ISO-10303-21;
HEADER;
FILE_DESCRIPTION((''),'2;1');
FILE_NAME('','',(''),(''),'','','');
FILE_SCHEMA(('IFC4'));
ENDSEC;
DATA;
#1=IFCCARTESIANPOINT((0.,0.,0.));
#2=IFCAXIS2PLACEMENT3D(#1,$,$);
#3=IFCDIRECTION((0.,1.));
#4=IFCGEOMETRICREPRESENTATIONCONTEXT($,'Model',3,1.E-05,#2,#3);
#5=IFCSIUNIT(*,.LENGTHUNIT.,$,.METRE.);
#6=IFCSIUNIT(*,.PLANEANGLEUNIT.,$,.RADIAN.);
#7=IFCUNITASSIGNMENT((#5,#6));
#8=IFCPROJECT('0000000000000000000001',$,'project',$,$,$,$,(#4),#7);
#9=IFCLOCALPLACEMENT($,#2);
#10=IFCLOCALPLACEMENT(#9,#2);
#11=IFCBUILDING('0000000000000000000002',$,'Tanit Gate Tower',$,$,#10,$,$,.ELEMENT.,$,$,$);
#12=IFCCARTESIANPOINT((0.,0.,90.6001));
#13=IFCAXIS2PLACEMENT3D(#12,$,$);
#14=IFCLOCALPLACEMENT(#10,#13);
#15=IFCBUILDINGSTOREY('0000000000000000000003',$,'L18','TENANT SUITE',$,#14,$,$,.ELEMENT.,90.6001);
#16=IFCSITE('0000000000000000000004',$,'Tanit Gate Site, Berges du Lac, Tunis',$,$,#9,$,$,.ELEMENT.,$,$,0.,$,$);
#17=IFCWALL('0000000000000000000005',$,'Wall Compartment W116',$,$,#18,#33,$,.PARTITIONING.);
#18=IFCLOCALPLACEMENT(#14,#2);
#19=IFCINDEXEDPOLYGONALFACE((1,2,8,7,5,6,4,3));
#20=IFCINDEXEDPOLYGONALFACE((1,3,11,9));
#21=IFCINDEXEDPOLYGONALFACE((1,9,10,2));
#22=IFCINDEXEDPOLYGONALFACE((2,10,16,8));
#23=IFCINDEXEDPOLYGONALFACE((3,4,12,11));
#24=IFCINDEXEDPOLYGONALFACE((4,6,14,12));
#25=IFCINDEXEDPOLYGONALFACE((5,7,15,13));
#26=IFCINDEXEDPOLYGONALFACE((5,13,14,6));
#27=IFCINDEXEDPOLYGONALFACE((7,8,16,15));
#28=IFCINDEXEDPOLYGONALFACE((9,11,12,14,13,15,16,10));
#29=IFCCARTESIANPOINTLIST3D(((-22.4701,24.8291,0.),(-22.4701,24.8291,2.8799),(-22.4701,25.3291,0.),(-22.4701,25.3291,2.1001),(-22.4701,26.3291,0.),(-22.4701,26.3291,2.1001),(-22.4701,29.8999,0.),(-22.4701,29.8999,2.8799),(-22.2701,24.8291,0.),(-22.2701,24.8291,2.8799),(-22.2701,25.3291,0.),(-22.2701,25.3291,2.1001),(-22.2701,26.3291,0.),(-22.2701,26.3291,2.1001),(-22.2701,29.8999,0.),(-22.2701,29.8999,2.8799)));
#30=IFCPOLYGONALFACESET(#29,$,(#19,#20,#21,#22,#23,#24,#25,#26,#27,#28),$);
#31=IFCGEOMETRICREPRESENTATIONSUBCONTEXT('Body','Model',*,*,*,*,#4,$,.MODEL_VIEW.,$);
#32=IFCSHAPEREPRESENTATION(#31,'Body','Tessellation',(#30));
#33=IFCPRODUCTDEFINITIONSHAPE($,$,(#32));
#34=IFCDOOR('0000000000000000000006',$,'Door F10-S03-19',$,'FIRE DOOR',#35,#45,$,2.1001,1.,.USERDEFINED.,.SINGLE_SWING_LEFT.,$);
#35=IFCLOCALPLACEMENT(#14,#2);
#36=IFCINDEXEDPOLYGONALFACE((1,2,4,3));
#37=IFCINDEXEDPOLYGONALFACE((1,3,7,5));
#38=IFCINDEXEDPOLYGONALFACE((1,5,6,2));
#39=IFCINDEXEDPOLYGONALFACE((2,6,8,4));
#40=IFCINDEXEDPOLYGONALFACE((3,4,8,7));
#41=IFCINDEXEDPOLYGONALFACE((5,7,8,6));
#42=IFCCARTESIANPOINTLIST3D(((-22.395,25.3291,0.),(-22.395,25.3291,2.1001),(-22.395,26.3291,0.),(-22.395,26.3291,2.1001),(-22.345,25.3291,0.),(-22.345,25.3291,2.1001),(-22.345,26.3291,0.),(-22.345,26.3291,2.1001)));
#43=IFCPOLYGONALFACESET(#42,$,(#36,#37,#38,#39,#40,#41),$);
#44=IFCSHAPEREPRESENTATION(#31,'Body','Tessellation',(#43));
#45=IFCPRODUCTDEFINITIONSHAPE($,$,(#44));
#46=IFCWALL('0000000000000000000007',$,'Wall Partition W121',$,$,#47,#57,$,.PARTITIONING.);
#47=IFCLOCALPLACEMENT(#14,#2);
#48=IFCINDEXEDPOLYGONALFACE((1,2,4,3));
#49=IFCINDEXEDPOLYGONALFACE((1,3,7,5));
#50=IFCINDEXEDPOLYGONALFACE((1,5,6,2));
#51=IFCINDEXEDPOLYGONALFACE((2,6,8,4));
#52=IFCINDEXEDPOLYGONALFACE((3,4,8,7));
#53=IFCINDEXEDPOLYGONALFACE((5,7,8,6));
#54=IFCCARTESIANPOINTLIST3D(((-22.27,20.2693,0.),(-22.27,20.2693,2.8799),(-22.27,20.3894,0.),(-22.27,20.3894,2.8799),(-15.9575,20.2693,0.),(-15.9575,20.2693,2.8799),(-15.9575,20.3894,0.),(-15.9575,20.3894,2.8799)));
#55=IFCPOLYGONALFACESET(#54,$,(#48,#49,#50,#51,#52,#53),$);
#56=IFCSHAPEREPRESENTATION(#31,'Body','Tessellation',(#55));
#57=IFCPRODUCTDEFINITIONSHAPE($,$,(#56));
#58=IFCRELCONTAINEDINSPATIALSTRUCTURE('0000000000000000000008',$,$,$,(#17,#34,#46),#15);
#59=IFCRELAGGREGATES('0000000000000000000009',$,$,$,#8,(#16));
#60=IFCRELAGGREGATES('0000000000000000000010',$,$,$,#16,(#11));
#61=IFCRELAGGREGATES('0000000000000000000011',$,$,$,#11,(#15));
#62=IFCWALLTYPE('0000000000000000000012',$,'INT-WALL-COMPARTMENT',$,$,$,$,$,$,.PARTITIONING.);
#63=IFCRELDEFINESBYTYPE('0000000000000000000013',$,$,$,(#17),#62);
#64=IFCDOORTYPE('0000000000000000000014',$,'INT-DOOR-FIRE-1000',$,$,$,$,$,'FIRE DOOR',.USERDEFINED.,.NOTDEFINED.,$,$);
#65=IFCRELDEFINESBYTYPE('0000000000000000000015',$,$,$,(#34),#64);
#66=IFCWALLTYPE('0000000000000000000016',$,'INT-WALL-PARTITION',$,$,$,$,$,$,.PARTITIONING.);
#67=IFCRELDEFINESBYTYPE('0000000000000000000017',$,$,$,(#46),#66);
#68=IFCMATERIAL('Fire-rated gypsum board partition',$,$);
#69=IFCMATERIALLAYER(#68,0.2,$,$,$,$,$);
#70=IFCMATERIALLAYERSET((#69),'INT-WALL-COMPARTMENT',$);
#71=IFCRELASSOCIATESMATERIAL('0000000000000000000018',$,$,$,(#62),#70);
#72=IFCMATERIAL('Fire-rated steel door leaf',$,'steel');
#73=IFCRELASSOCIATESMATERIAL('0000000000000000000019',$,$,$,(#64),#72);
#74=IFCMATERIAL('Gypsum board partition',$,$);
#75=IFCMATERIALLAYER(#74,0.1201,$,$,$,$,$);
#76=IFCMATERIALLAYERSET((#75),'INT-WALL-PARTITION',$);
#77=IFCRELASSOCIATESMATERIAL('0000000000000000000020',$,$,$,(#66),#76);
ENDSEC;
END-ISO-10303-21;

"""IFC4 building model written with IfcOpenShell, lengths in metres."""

from ifc_helpers import new_model, si_unit, direction, frame, frame_2d, origin, place, context, subcontext, project, spatial, rectangle, extrude, material, layer, layer_set, type_object, element, fill, save


model = new_model("IFC4")

# Units and contexts
model_context = context("Model", 3, precision=1e-05, world=origin(), true_north=direction((0.0, 1.0)))
body_context = subcontext(model_context, "Body", "Model", "MODEL_VIEW")
ifc_project = project(units=[si_unit("LENGTHUNIT", "METRE"), si_unit("PLANEANGLEUNIT", "RADIAN")], contexts=[model_context])

# Site, building, storey
site_placement = place(None, origin())
site = spatial("IfcSite", under=ifc_project, at=site_placement, Name="Tanit Gate Site, Berges du Lac, Tunis", CompositionType="ELEMENT", RefElevation=0.0)
building_placement = place(site_placement, origin())
building = spatial("IfcBuilding", under=site, at=building_placement, Name="Tanit Gate Tower", CompositionType="ELEMENT")
storey_placement = place(building_placement, frame((0.0, 0.0, 90.6001)))
storey = spatial("IfcBuildingStorey", under=building, at=storey_placement, Name="L18", Description="TENANT SUITE", CompositionType="ELEMENT", Elevation=90.6001)

# Shared definitions
ifc_material_1 = material(Name="Fire-rated gypsum board partition")
ifc_layer_1 = layer(ifc_material_1, 0.2)
ifc_layer_set_1 = layer_set([ifc_layer_1], Name="INT-WALL-COMPARTMENT")
wall_type_1 = type_object("IfcWallType", Name="INT-WALL-COMPARTMENT", PredefinedType="PARTITIONING", material=ifc_layer_set_1)

# Wall, opening, door
wall_1_placement = place(storey_placement, frame((-22.3701, 24.8291, 0.0), z_axis=(0.0, 0.0, 1.0), x_axis=(0.0, 1.0, 0.0)))
wall_1 = element("IfcWall", 1, at=wall_1_placement, inside=storey, type_object=wall_type_1, Name="Wall Compartment W116", PredefinedType="PARTITIONING", context=body_context, shape_type="SweptSolid", body=[
    extrude(rectangle(XDim=5.0708, YDim=0.2, at=frame_2d((2.5354, 0.0))), origin(), (0.0, 0.0, 1.0), 2.8799),
])
opening_placement = place(wall_1_placement, frame((0.5, 0.0, 0.0)))
opening = element("IfcOpeningElement", 2, at=opening_placement, cuts=wall_1, PredefinedType="OPENING", context=body_context, shape_type="SweptSolid", body=[
    extrude(rectangle(XDim=1.0, YDim=2.1001, at=frame_2d((0.5, 1.05))), frame((0.0, 0.1099, 0.0), z_axis=(0.0, -1.0, 0.0), x_axis=(1.0, 0.0, 0.0)), (0.0, 0.0, 1.0), 0.22),
])
ifc_material_2 = material(Name="Fire-rated steel door leaf", Category="steel")
door_type = type_object("IfcDoorType", Name="INT-DOOR-FIRE-1000", ElementType="FIRE DOOR", OperationType="NOTDEFINED", PredefinedType="USERDEFINED", material=ifc_material_2)
door_placement = place(opening_placement, origin())
door = element("IfcDoor", 3, at=door_placement, inside=storey, type_object=door_type, Name="Door F10-S03-19", ObjectType="FIRE DOOR", OperationType="SINGLE_SWING_LEFT", OverallHeight=2.1001, OverallWidth=1.0, PredefinedType="USERDEFINED", context=body_context, shape_type="SweptSolid", body=[
    extrude(rectangle(XDim=1.0, YDim=2.1001, at=frame_2d((0.5, 1.05))), frame((0.0, 0.0249, 0.0), z_axis=(0.0, -1.0, 0.0), x_axis=(1.0, 0.0, 0.0)), (0.0, 0.0, 1.0), 0.05),
])
fill(opening, door)

# Wall
ifc_material_3 = material(Name="Gypsum board partition")
ifc_layer_2 = layer(ifc_material_3, 0.1201)
ifc_layer_set_2 = layer_set([ifc_layer_2], Name="INT-WALL-PARTITION")
wall_type_2 = type_object("IfcWallType", Name="INT-WALL-PARTITION", PredefinedType="PARTITIONING", material=ifc_layer_set_2)
wall_2_placement = place(storey_placement, frame((-22.27, 20.3293, 0.0), z_axis=(0.0, 0.0, 1.0), x_axis=(1.0, 0.0, 0.0)))
element("IfcWall", 4, at=wall_2_placement, inside=storey, type_object=wall_type_2, Name="Wall Partition W121", PredefinedType="PARTITIONING", context=body_context, shape_type="SweptSolid", body=[
    extrude(rectangle(XDim=6.3125, YDim=0.1201, at=frame_2d((3.1562, 0.0))), origin(), (0.0, 0.0, 1.0), 2.8799),
])

save(model, "model.ifc")
